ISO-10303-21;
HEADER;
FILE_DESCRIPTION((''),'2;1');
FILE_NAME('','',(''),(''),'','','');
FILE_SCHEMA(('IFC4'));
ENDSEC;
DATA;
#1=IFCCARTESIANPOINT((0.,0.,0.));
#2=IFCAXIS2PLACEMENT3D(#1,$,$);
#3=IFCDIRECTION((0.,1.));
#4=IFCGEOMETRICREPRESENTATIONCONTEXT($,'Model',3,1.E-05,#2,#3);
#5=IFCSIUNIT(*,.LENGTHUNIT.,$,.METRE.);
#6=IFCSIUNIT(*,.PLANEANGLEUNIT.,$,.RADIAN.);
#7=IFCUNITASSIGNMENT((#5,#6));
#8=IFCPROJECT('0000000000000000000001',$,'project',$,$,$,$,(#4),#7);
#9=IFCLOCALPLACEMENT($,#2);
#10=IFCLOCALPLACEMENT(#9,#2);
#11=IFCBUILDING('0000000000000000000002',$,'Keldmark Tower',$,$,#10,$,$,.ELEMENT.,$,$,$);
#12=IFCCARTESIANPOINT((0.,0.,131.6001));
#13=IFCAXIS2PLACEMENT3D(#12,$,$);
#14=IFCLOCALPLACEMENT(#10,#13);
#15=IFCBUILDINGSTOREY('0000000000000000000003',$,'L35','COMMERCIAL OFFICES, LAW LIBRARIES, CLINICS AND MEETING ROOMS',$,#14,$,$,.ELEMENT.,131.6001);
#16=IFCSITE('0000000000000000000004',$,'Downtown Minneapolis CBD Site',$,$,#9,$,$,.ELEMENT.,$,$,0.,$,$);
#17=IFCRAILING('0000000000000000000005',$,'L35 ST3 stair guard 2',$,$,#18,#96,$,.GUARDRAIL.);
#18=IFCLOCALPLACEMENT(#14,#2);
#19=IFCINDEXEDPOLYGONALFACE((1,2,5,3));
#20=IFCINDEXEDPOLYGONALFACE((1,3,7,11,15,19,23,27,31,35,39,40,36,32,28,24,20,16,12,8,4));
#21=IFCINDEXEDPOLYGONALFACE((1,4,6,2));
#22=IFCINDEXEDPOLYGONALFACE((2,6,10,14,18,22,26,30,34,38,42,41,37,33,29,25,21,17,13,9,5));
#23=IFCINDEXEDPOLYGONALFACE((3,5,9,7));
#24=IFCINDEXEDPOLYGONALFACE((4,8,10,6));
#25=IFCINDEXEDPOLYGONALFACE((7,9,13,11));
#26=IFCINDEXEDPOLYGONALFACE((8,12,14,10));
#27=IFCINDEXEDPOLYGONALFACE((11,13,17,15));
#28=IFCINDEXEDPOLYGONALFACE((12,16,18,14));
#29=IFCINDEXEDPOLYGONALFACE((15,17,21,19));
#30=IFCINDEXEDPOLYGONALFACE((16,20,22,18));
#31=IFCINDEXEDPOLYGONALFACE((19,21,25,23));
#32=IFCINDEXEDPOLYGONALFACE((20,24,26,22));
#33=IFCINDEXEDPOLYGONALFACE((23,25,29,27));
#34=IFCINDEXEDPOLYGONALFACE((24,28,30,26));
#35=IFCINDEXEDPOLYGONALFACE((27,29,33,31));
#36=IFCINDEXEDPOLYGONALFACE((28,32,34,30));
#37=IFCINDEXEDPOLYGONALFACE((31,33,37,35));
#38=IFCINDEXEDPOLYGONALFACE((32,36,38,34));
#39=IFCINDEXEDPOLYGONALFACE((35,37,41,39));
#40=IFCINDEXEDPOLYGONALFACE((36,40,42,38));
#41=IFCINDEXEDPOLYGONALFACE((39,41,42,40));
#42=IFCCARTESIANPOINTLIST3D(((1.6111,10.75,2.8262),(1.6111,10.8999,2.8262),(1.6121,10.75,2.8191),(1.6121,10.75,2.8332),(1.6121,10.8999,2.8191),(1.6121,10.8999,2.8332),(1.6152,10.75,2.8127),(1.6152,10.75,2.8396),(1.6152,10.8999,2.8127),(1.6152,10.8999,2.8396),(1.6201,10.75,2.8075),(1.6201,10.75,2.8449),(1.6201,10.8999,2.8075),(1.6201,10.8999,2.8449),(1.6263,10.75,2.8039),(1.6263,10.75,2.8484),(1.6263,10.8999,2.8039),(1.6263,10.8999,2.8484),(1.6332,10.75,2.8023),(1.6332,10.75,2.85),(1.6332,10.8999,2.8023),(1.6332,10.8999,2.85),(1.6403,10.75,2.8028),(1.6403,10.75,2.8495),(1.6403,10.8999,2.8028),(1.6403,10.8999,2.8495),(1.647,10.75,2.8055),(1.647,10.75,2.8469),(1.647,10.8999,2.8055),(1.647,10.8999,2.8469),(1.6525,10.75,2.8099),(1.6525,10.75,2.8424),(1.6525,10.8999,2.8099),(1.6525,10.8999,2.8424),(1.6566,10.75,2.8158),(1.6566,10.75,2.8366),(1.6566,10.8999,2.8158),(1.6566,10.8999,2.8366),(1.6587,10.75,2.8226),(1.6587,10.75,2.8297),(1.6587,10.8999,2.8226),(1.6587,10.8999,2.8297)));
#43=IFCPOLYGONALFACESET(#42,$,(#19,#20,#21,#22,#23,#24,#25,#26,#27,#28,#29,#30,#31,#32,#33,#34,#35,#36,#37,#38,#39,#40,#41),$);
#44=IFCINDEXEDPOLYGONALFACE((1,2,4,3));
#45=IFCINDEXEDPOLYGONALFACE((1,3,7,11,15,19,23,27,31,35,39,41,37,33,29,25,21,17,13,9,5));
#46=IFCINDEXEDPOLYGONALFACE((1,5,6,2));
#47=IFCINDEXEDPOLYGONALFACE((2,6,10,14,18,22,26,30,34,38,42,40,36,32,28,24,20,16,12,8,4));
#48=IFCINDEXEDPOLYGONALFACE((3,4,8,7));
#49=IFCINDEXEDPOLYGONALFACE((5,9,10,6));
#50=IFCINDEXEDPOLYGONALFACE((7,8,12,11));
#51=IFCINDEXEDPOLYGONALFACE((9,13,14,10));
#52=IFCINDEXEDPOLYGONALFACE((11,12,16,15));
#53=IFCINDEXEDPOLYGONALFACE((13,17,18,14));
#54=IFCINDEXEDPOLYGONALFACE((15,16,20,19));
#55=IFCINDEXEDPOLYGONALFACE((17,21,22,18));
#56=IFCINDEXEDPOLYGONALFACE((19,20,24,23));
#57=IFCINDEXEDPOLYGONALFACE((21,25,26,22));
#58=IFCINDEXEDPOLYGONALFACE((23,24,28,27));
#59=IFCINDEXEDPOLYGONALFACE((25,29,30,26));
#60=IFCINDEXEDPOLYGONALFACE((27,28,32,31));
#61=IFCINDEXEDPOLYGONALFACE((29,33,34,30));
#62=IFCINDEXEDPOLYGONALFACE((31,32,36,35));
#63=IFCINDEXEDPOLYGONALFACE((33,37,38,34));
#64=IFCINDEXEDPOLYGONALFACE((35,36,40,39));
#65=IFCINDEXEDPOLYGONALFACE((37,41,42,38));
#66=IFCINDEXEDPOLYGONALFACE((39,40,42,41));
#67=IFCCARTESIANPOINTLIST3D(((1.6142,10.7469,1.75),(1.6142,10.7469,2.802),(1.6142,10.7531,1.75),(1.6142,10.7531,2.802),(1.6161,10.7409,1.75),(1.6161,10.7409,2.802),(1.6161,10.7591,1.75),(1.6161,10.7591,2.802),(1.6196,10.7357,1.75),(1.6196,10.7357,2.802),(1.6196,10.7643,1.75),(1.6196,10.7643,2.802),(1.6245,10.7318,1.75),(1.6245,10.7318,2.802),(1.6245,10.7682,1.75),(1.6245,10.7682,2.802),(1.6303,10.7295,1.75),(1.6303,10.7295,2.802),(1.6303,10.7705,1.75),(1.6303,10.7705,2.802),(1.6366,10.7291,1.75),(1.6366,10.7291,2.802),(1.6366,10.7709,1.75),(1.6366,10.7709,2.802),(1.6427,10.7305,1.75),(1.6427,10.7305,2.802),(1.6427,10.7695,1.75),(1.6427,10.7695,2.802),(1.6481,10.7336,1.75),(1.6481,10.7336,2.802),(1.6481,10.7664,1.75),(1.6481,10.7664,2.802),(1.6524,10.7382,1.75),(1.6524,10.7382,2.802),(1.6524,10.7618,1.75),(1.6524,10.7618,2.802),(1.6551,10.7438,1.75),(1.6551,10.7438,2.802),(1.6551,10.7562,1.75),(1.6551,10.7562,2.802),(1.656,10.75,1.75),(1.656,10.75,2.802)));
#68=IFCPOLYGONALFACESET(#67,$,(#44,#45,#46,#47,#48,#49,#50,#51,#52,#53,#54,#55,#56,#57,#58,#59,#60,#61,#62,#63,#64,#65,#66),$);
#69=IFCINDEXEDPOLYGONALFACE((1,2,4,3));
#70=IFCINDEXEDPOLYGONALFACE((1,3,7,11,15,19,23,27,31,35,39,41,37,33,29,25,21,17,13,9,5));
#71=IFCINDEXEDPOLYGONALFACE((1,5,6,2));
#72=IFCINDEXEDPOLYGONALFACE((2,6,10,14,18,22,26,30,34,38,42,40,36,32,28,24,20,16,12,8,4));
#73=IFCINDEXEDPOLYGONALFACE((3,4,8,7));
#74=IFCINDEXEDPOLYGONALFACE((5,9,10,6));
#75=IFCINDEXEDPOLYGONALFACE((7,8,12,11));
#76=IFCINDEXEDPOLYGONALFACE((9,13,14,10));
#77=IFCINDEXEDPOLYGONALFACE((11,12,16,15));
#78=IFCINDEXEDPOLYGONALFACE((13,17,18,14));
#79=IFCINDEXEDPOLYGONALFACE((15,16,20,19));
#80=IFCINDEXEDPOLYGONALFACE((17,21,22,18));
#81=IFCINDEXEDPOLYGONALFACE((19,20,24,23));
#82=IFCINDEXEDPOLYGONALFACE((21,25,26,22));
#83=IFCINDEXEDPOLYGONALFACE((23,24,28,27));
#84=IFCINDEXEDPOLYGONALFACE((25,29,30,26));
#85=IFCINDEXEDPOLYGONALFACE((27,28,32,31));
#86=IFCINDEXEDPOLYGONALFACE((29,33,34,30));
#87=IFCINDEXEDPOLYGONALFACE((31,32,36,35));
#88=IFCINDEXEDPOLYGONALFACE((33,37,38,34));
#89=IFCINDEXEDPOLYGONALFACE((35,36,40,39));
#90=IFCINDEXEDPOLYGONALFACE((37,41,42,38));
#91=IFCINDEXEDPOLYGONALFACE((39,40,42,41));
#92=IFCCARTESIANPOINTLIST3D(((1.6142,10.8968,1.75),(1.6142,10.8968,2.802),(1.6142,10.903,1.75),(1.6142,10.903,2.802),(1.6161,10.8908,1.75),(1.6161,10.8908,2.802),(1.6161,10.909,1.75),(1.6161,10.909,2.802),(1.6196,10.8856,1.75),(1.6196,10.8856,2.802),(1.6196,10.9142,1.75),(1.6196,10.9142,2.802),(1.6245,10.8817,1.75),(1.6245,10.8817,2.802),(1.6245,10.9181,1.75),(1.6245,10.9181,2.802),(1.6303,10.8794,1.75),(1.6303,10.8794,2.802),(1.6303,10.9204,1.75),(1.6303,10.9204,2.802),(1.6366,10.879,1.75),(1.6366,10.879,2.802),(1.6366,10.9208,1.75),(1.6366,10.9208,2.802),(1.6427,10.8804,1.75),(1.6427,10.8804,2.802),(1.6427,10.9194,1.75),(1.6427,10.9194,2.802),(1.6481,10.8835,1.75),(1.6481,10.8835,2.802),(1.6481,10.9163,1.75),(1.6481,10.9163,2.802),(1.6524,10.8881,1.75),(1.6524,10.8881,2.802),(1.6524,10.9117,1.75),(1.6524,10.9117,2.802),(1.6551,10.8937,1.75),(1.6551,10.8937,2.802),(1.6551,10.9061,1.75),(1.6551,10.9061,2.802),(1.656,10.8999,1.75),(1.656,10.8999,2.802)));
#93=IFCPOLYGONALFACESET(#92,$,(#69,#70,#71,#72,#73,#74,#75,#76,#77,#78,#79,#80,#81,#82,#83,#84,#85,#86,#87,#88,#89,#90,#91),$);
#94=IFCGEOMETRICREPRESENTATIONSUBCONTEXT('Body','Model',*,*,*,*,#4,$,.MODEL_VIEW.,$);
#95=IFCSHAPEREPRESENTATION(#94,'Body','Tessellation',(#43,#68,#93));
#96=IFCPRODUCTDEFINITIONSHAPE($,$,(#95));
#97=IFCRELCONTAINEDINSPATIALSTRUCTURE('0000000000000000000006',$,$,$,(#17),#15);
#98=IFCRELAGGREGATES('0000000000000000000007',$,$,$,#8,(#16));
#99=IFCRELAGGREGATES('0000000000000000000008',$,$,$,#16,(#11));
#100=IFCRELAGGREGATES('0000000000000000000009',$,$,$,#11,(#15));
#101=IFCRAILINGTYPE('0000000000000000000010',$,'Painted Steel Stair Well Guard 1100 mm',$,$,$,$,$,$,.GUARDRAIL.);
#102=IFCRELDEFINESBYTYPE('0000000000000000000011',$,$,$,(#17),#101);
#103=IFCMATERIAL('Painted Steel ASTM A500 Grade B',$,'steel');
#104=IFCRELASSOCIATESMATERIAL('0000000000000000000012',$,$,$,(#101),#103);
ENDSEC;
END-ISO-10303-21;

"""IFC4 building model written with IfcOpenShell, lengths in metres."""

from ifc_helpers import new_model, si_unit, direction, frame, origin, origin_2d, place, context, subcontext, project, spatial, circle, extrude, material, type_object, element, save


model = new_model("IFC4")

# Units and contexts
model_context = context("Model", 3, precision=1e-05, world=origin(), true_north=direction((0.0, 1.0)))
body_context = subcontext(model_context, "Body", "Model", "MODEL_VIEW")
ifc_project = project(units=[si_unit("LENGTHUNIT", "METRE"), si_unit("PLANEANGLEUNIT", "RADIAN")], contexts=[model_context])

# Site, building, storey
site_placement = place(None, origin())
site = spatial("IfcSite", under=ifc_project, at=site_placement, Name="Downtown Minneapolis CBD Site", CompositionType="ELEMENT", RefElevation=0.0)
building_placement = place(site_placement, origin())
building = spatial("IfcBuilding", under=site, at=building_placement, Name="Keldmark Tower", CompositionType="ELEMENT")
storey_placement = place(building_placement, frame((0.0, 0.0, 131.6001)))
storey = spatial("IfcBuildingStorey", under=building, at=storey_placement, Name="L35", Description="COMMERCIAL OFFICES, LAW LIBRARIES, CLINICS AND MEETING ROOMS", CompositionType="ELEMENT", Elevation=131.6001)

# Railing
ifc_material_1 = material(Name="Painted Steel ASTM A500 Grade B", Category="steel")
railing_type_1 = type_object("IfcRailingType", Name="Painted Steel Stair Well Guard 1100 mm", PredefinedType="GUARDRAIL", material=ifc_material_1)
railing_1_placement = place(storey_placement, frame((1.635, 10.75, 1.75)))
element("IfcRailing", 1, at=railing_1_placement, inside=storey, type_object=railing_type_1, Name="L35 ST3 stair guard 2", PredefinedType="GUARDRAIL", context=body_context, shape_type="SweptSolid", body=[
    extrude(circle(Radius=0.0239, at=origin_2d()), frame((0.0, 0.0, 1.0762), z_axis=(0.0, 1.0, 0.0), x_axis=(-1.0, 0.0, 0.0)), (0.0, 0.0, 1.0), 0.1499),
    extrude(circle(Radius=0.021, at=origin_2d()), origin(), (0.0, 0.0, 1.0), 1.052),
    extrude(circle(Radius=0.021, at=origin_2d()), frame((0.0, 0.1499, 0.0)), (0.0, 0.0, 1.0), 1.052),
])

save(model, "model.ifc")
